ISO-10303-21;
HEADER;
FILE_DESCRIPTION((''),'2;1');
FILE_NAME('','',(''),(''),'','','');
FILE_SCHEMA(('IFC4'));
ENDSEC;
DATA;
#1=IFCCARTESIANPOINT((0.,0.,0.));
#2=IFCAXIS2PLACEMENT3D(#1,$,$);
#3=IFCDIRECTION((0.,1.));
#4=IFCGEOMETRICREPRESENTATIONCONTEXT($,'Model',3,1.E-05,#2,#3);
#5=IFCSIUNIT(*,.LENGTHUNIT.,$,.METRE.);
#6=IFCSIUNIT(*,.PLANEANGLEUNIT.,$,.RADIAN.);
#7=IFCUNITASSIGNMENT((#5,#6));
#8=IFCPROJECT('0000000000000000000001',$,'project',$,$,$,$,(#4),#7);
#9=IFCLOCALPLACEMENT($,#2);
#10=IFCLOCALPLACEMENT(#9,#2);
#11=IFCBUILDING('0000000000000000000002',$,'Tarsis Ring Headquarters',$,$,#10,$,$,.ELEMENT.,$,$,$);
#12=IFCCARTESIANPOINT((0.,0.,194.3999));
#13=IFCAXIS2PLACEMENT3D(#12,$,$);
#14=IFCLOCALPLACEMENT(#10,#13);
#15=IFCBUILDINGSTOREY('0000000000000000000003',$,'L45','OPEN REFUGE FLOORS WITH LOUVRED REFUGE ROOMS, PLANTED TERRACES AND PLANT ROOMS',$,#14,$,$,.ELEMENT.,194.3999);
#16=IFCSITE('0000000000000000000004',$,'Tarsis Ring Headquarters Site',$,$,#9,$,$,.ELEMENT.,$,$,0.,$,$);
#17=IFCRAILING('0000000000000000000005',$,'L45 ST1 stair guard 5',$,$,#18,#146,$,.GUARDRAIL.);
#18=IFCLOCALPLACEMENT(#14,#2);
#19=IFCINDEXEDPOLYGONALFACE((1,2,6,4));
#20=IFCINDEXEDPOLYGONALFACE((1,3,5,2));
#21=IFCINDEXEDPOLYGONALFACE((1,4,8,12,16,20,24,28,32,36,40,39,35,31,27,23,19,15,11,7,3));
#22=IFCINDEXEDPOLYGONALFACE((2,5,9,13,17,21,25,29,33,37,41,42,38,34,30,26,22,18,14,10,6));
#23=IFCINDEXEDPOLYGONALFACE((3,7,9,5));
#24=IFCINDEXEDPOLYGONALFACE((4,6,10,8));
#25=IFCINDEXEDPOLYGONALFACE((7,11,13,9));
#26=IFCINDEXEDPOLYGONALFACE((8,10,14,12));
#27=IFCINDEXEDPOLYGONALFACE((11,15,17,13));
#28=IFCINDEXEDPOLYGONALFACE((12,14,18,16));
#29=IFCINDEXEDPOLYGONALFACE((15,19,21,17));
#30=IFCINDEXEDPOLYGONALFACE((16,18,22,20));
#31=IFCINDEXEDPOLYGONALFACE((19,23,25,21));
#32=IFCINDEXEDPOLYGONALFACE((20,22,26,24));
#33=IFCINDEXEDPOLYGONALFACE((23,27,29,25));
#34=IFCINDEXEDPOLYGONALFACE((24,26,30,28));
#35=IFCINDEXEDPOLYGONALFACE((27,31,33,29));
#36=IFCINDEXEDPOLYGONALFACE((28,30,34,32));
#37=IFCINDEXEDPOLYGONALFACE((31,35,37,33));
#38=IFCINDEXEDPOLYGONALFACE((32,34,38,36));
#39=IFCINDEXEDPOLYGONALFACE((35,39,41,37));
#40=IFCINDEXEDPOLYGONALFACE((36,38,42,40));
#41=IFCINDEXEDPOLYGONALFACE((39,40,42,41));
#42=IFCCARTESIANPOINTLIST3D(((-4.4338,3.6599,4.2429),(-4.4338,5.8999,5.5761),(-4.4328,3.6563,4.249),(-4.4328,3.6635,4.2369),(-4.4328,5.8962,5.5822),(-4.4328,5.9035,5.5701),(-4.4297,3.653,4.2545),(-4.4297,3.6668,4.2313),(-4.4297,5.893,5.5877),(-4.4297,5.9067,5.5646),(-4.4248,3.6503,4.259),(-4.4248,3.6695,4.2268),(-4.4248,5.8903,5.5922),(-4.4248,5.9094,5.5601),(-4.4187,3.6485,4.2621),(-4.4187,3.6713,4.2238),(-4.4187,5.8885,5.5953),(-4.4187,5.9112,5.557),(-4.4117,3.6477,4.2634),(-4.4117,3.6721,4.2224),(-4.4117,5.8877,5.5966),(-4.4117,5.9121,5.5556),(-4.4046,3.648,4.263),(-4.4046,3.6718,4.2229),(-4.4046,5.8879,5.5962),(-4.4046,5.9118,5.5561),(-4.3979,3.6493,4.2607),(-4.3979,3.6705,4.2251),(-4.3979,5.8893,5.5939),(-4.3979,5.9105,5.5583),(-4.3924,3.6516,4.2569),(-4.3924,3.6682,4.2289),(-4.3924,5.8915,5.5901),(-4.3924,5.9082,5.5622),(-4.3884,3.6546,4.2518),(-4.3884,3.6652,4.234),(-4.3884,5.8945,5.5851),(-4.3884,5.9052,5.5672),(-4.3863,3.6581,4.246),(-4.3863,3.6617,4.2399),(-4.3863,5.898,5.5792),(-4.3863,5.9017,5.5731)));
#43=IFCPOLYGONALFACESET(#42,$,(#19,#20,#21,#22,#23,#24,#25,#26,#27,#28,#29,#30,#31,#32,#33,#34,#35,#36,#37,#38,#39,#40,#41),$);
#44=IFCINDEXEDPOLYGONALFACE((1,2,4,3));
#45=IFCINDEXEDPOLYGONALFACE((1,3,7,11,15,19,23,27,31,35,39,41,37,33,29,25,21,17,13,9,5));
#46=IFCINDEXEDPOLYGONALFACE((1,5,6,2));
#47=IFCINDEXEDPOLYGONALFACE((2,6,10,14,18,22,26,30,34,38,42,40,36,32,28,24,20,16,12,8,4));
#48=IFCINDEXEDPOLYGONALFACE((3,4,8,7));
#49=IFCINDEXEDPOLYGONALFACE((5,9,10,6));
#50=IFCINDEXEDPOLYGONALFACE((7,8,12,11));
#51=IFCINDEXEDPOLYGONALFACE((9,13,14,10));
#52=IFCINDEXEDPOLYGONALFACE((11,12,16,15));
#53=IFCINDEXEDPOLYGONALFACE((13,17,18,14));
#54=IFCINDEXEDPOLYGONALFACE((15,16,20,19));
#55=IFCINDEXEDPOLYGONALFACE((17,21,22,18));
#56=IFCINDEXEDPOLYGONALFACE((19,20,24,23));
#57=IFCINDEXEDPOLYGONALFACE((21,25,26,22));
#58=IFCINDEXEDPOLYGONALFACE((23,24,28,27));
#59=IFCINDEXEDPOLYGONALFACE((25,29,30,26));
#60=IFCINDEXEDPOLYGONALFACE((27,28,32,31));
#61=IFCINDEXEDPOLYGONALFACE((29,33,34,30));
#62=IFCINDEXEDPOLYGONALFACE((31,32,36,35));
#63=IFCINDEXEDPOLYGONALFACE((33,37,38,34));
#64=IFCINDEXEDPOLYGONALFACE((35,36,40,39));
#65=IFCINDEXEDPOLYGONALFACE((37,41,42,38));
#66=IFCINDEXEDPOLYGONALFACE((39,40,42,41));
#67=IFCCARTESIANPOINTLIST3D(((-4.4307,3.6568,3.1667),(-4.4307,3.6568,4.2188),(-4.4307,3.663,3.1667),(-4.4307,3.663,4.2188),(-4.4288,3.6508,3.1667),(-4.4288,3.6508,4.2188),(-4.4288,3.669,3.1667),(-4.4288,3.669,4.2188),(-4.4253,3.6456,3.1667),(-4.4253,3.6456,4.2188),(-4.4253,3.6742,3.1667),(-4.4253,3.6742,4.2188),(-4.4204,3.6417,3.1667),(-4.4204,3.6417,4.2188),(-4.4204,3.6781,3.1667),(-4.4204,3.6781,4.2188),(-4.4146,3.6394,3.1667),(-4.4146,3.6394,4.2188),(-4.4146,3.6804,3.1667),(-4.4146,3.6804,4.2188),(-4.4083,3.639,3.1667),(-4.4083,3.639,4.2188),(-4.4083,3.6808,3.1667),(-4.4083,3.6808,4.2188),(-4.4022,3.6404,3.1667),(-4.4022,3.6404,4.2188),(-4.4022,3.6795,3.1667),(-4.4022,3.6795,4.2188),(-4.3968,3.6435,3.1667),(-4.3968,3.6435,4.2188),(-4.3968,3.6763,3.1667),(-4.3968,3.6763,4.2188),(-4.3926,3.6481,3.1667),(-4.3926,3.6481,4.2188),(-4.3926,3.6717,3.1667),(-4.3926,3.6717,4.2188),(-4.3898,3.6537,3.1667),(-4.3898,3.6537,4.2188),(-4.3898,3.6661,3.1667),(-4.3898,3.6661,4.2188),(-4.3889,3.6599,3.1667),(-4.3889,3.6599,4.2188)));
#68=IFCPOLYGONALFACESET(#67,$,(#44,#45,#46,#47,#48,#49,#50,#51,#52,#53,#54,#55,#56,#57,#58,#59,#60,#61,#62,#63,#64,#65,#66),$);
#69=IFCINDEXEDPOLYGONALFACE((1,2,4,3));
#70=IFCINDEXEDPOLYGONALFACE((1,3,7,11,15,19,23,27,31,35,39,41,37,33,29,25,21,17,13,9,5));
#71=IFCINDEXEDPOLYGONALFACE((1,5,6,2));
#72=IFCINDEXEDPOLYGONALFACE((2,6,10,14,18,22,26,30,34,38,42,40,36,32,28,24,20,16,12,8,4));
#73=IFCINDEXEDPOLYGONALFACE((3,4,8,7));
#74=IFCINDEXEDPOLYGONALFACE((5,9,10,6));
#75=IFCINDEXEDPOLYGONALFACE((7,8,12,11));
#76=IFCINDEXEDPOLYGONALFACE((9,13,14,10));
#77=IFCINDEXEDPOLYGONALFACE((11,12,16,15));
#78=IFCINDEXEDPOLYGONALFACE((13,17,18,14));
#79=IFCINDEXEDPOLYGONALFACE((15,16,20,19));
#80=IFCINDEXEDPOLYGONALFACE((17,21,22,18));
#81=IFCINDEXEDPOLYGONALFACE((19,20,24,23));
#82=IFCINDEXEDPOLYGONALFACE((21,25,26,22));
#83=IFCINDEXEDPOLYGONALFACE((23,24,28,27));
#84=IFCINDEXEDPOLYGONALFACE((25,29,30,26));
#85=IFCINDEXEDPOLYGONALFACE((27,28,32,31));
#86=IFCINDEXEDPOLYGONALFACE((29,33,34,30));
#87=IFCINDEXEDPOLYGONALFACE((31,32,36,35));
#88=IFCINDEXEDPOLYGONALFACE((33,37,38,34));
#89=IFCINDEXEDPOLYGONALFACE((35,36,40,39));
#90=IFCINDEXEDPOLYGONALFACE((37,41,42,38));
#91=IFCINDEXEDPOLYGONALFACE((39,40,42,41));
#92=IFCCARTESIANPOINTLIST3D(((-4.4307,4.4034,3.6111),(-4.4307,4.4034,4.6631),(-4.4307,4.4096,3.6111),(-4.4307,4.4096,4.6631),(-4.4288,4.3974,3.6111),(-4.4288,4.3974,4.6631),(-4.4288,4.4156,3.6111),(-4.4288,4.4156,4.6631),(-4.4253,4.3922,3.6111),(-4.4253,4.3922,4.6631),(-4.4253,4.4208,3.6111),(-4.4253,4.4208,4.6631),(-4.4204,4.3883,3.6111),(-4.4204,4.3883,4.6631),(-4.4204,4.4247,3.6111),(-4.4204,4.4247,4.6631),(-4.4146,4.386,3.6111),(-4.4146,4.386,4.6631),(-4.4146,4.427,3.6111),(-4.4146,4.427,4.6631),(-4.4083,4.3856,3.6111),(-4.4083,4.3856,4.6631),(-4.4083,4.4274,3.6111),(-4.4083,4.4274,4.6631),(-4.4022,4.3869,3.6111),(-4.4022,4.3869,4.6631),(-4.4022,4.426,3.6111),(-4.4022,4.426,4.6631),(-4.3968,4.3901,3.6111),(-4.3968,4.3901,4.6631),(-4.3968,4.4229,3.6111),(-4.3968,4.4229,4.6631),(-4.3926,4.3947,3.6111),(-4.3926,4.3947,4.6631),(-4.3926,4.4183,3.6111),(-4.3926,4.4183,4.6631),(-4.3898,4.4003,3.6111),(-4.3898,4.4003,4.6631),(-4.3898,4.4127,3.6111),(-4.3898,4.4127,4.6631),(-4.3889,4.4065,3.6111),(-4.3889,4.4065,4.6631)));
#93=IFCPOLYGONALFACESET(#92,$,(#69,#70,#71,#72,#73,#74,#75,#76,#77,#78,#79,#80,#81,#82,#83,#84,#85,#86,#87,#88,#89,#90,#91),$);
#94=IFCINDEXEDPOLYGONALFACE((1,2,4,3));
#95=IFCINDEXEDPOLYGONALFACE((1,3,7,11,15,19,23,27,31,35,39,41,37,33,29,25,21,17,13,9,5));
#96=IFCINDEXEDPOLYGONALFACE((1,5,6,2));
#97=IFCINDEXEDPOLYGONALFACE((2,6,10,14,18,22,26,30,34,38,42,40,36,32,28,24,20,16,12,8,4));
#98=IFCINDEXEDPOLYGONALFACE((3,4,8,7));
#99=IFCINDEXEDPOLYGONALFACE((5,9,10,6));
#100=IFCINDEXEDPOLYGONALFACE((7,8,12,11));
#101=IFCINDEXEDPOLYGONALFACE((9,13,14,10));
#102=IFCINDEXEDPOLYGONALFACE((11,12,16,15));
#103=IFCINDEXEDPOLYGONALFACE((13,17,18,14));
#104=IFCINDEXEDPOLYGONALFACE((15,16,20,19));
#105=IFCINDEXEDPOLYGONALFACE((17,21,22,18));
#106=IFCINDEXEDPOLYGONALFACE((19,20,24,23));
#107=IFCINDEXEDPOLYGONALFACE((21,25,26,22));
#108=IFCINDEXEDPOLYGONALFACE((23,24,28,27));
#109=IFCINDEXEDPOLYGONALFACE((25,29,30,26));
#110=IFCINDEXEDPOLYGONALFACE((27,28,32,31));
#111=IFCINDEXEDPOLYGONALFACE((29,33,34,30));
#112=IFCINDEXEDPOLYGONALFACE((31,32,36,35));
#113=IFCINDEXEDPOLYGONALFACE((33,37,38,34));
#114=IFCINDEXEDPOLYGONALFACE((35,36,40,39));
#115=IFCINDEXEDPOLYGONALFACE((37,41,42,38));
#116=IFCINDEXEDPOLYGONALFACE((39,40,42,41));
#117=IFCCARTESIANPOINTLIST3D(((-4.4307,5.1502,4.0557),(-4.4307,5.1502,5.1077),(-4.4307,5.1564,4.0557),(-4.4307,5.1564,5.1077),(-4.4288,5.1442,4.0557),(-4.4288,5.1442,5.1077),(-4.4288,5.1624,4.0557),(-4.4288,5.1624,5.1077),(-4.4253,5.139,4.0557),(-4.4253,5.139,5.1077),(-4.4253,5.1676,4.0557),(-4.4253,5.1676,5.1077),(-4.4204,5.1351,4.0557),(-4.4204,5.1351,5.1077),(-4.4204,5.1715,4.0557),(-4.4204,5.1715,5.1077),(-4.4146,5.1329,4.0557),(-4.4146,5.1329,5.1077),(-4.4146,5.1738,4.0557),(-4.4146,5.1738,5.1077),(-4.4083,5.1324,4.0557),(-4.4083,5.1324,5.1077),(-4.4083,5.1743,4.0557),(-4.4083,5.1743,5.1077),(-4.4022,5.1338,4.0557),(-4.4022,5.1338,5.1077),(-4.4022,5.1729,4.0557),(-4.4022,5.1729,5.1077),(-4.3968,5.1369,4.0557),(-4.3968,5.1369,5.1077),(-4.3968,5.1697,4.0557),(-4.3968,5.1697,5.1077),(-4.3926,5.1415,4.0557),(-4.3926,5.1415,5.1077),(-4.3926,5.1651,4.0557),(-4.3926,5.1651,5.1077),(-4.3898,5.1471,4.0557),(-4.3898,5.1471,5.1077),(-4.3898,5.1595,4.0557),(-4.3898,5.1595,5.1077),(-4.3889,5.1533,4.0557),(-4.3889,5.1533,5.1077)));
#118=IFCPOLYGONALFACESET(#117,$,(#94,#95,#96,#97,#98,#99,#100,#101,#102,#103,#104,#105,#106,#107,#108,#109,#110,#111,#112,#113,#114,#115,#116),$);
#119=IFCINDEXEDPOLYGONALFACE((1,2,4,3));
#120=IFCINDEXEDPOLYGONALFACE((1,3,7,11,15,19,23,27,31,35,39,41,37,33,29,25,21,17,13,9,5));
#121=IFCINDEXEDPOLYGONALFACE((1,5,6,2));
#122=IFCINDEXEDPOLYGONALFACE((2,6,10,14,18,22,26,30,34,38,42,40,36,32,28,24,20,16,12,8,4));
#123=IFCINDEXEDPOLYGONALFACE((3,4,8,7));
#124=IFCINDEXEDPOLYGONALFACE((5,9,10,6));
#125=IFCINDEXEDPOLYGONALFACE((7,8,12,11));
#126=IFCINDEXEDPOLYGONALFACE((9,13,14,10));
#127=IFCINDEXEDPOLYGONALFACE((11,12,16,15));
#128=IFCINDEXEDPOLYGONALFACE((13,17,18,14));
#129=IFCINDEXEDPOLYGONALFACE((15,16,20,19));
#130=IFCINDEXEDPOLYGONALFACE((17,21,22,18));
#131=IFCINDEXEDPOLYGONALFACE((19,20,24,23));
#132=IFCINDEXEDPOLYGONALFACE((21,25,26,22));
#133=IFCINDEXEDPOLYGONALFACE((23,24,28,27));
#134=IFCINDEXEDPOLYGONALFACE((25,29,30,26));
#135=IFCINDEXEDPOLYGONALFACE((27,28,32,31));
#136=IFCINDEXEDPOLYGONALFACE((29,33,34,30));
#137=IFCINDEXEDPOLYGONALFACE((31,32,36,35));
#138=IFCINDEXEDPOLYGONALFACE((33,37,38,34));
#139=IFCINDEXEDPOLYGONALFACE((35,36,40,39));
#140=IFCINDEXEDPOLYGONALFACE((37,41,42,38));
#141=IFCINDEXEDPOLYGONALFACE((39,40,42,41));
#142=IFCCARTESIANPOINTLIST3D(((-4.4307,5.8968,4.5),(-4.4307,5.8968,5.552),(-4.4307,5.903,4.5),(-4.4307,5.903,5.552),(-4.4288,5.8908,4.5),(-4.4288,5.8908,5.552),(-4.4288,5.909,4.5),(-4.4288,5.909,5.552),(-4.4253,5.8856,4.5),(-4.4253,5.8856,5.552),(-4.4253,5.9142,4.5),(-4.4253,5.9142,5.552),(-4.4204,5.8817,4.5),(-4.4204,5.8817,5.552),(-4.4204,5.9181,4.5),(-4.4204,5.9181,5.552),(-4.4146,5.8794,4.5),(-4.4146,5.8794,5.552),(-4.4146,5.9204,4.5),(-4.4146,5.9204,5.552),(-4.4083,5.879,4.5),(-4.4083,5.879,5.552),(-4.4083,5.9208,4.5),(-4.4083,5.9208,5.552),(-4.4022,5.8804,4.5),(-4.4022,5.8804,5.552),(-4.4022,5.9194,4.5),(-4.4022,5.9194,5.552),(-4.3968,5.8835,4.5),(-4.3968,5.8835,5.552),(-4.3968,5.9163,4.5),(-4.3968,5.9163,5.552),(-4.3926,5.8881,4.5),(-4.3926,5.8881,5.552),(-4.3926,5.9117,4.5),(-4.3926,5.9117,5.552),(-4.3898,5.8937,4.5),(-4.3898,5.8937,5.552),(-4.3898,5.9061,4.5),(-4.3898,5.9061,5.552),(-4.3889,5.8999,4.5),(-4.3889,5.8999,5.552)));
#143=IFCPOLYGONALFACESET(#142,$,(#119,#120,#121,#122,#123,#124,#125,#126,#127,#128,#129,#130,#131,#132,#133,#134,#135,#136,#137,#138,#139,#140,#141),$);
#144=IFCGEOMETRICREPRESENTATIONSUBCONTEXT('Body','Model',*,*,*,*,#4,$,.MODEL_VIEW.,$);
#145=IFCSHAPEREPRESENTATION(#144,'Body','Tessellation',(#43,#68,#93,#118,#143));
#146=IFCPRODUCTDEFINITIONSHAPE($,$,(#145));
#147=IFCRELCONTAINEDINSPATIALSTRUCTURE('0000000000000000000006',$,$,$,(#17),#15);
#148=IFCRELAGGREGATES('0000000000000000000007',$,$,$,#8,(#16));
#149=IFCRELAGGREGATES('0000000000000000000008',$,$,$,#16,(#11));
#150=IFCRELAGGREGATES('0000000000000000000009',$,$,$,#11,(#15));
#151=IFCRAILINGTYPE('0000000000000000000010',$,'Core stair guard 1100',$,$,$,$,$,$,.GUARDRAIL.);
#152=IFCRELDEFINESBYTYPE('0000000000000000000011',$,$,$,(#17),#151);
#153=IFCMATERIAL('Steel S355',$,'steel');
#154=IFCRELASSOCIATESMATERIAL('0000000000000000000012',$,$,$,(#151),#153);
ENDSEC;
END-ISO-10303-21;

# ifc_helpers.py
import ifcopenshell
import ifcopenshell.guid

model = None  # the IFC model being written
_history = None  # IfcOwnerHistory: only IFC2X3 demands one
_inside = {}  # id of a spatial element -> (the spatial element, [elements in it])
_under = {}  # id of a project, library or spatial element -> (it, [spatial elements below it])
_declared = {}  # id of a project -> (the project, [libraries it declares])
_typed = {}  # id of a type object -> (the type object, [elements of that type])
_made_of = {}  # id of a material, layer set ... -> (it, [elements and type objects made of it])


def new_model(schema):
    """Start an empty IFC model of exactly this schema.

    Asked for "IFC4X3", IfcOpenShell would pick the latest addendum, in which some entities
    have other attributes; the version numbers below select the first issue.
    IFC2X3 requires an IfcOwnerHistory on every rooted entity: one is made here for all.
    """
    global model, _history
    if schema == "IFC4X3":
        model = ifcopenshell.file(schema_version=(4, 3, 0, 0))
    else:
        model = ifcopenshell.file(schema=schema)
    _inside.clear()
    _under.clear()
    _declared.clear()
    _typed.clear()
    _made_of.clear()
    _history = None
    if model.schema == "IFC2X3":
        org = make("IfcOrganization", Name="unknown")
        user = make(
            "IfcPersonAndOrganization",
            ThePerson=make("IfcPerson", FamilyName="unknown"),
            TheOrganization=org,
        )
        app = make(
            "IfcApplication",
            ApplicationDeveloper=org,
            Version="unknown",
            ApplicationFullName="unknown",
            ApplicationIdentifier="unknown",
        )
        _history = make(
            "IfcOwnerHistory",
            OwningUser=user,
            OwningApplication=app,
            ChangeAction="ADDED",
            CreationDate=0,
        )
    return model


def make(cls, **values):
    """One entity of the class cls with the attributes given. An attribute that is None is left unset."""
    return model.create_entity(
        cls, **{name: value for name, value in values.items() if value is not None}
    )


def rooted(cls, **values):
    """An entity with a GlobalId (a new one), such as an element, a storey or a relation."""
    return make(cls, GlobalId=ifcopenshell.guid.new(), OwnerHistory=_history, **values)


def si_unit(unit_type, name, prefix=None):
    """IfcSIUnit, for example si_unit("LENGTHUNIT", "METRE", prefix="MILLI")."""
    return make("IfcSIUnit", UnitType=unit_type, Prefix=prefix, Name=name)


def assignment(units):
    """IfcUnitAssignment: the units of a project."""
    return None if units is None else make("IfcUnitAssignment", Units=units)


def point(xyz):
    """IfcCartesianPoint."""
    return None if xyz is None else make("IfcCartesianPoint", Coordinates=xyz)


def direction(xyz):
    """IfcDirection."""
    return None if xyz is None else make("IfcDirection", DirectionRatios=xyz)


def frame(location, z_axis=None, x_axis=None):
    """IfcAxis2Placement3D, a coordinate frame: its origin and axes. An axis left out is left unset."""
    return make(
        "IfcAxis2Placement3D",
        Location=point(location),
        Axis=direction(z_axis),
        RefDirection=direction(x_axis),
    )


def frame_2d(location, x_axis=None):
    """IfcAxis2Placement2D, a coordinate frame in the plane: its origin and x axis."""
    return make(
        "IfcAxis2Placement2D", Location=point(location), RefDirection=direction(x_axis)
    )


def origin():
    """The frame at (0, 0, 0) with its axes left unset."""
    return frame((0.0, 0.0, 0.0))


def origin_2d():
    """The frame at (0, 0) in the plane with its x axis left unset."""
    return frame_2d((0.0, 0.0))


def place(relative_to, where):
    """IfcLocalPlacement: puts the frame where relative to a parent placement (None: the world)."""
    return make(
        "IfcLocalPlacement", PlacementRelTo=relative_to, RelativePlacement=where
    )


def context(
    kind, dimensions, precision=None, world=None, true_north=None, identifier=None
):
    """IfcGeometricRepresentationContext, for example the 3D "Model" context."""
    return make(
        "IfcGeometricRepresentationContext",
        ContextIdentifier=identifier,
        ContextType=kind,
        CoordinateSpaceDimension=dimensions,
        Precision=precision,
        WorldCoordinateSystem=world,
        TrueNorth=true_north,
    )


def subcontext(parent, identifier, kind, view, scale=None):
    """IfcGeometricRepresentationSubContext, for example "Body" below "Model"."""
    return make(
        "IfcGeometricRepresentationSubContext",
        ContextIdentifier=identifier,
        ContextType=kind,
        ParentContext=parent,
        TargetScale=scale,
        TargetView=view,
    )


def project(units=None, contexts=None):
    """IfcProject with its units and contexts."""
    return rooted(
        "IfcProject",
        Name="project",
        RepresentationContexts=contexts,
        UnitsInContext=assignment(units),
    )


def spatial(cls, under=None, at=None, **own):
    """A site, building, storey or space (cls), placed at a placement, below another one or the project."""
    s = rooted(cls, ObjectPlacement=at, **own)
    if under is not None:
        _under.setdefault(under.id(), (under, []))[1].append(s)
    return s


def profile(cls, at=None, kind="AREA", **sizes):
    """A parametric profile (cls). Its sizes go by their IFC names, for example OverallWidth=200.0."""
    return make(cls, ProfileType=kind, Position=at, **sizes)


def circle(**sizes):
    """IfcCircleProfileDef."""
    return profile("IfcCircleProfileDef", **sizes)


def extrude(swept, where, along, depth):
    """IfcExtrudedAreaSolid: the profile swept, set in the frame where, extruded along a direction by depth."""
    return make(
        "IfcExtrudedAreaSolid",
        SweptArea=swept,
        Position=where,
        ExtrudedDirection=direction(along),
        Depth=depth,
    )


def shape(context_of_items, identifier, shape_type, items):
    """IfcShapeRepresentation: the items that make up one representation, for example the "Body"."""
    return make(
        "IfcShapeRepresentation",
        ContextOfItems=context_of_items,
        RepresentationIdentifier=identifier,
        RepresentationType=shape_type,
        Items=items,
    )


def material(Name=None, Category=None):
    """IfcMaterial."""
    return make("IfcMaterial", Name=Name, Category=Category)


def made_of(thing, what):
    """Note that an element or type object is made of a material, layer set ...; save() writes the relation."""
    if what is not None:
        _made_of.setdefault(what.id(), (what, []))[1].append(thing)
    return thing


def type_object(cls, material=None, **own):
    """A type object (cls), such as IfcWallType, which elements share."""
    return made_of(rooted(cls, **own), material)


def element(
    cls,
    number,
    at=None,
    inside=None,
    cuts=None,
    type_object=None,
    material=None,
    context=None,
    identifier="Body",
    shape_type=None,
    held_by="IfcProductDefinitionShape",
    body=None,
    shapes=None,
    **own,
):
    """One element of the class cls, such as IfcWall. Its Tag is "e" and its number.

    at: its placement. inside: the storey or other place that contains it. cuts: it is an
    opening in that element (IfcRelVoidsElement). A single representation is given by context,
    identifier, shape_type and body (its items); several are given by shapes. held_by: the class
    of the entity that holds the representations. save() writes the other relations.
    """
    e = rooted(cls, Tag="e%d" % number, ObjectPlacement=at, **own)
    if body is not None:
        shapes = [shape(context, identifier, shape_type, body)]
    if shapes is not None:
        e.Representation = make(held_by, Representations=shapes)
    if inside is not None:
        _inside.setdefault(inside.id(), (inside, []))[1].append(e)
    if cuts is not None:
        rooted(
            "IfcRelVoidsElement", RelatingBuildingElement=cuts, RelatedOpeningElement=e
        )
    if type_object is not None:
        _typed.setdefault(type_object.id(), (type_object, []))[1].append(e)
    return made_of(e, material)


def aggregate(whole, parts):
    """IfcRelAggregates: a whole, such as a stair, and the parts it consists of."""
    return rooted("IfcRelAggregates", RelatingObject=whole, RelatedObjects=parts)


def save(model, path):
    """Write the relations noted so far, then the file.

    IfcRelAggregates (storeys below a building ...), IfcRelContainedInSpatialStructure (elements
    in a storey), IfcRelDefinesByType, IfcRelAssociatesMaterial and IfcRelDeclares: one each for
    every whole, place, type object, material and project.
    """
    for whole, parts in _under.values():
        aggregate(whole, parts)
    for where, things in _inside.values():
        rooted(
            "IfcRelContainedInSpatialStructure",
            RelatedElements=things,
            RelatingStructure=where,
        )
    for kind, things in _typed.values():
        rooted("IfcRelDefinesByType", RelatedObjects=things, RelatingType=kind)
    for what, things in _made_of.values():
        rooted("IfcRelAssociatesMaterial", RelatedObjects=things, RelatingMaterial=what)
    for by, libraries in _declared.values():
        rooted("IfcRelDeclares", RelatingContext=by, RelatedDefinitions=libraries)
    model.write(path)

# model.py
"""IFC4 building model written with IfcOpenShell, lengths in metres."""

from ifc_helpers import new_model, si_unit, direction, frame, origin, origin_2d, place, context, subcontext, project, spatial, circle, extrude, material, type_object, element, save


model = new_model("IFC4")

# Units and contexts
model_context = context("Model", 3, precision=1e-05, world=origin(), true_north=direction((0.0, 1.0)))
body_context = subcontext(model_context, "Body", "Model", "MODEL_VIEW")
ifc_project = project(units=[si_unit("LENGTHUNIT", "METRE"), si_unit("PLANEANGLEUNIT", "RADIAN")], contexts=[model_context])

# Site, building, storey
site_placement = place(None, origin())
site = spatial("IfcSite", under=ifc_project, at=site_placement, Name="Tarsis Ring Headquarters Site", CompositionType="ELEMENT", RefElevation=0.0)
building_placement = place(site_placement, origin())
building = spatial("IfcBuilding", under=site, at=building_placement, Name="Tarsis Ring Headquarters", CompositionType="ELEMENT")
storey_placement = place(building_placement, frame((0.0, 0.0, 194.3999)))
storey = spatial("IfcBuildingStorey", under=building, at=storey_placement, Name="L45", Description="OPEN REFUGE FLOORS WITH LOUVRED REFUGE ROOMS, PLANTED TERRACES AND PLANT ROOMS", CompositionType="ELEMENT", Elevation=194.3999)

# Shared definitions
ifc_material_1 = material(Name="Steel S355", Category="steel")

# Railing
railing_type_1 = type_object("IfcRailingType", Name="Core stair guard 1100", PredefinedType="GUARDRAIL", material=ifc_material_1)
railing_1_placement = place(storey_placement, frame((-4.4099, 3.6599, 3.1667)))
element("IfcRailing", 1, at=railing_1_placement, inside=storey, type_object=railing_type_1, Name="L45 ST1 stair guard 5", PredefinedType="GUARDRAIL", context=body_context, shape_type="SweptSolid", body=[
    extrude(circle(Radius=0.0239, at=origin_2d()), frame((0.0, 0.0, 1.0762), z_axis=(0.0, 0.859306, 0.511462), x_axis=(-1.0, 0.0, 0.0)), (0.0, 0.0, 1.0), 2.6067),
    extrude(circle(Radius=0.021, at=origin_2d()), origin(), (0.0, 0.0, 1.0), 1.052),
    extrude(circle(Radius=0.021, at=origin_2d()), frame((0.0, 0.7466, 0.4443)), (0.0, 0.0, 1.0), 1.052),
    extrude(circle(Radius=0.021, at=origin_2d()), frame((0.0, 1.4934, 0.8889)), (0.0, 0.0, 1.0), 1.052),
    extrude(circle(Radius=0.021, at=origin_2d()), frame((0.0, 2.24, 1.3333)), (0.0, 0.0, 1.0), 1.052),
])

save(model, "model.ifc")
